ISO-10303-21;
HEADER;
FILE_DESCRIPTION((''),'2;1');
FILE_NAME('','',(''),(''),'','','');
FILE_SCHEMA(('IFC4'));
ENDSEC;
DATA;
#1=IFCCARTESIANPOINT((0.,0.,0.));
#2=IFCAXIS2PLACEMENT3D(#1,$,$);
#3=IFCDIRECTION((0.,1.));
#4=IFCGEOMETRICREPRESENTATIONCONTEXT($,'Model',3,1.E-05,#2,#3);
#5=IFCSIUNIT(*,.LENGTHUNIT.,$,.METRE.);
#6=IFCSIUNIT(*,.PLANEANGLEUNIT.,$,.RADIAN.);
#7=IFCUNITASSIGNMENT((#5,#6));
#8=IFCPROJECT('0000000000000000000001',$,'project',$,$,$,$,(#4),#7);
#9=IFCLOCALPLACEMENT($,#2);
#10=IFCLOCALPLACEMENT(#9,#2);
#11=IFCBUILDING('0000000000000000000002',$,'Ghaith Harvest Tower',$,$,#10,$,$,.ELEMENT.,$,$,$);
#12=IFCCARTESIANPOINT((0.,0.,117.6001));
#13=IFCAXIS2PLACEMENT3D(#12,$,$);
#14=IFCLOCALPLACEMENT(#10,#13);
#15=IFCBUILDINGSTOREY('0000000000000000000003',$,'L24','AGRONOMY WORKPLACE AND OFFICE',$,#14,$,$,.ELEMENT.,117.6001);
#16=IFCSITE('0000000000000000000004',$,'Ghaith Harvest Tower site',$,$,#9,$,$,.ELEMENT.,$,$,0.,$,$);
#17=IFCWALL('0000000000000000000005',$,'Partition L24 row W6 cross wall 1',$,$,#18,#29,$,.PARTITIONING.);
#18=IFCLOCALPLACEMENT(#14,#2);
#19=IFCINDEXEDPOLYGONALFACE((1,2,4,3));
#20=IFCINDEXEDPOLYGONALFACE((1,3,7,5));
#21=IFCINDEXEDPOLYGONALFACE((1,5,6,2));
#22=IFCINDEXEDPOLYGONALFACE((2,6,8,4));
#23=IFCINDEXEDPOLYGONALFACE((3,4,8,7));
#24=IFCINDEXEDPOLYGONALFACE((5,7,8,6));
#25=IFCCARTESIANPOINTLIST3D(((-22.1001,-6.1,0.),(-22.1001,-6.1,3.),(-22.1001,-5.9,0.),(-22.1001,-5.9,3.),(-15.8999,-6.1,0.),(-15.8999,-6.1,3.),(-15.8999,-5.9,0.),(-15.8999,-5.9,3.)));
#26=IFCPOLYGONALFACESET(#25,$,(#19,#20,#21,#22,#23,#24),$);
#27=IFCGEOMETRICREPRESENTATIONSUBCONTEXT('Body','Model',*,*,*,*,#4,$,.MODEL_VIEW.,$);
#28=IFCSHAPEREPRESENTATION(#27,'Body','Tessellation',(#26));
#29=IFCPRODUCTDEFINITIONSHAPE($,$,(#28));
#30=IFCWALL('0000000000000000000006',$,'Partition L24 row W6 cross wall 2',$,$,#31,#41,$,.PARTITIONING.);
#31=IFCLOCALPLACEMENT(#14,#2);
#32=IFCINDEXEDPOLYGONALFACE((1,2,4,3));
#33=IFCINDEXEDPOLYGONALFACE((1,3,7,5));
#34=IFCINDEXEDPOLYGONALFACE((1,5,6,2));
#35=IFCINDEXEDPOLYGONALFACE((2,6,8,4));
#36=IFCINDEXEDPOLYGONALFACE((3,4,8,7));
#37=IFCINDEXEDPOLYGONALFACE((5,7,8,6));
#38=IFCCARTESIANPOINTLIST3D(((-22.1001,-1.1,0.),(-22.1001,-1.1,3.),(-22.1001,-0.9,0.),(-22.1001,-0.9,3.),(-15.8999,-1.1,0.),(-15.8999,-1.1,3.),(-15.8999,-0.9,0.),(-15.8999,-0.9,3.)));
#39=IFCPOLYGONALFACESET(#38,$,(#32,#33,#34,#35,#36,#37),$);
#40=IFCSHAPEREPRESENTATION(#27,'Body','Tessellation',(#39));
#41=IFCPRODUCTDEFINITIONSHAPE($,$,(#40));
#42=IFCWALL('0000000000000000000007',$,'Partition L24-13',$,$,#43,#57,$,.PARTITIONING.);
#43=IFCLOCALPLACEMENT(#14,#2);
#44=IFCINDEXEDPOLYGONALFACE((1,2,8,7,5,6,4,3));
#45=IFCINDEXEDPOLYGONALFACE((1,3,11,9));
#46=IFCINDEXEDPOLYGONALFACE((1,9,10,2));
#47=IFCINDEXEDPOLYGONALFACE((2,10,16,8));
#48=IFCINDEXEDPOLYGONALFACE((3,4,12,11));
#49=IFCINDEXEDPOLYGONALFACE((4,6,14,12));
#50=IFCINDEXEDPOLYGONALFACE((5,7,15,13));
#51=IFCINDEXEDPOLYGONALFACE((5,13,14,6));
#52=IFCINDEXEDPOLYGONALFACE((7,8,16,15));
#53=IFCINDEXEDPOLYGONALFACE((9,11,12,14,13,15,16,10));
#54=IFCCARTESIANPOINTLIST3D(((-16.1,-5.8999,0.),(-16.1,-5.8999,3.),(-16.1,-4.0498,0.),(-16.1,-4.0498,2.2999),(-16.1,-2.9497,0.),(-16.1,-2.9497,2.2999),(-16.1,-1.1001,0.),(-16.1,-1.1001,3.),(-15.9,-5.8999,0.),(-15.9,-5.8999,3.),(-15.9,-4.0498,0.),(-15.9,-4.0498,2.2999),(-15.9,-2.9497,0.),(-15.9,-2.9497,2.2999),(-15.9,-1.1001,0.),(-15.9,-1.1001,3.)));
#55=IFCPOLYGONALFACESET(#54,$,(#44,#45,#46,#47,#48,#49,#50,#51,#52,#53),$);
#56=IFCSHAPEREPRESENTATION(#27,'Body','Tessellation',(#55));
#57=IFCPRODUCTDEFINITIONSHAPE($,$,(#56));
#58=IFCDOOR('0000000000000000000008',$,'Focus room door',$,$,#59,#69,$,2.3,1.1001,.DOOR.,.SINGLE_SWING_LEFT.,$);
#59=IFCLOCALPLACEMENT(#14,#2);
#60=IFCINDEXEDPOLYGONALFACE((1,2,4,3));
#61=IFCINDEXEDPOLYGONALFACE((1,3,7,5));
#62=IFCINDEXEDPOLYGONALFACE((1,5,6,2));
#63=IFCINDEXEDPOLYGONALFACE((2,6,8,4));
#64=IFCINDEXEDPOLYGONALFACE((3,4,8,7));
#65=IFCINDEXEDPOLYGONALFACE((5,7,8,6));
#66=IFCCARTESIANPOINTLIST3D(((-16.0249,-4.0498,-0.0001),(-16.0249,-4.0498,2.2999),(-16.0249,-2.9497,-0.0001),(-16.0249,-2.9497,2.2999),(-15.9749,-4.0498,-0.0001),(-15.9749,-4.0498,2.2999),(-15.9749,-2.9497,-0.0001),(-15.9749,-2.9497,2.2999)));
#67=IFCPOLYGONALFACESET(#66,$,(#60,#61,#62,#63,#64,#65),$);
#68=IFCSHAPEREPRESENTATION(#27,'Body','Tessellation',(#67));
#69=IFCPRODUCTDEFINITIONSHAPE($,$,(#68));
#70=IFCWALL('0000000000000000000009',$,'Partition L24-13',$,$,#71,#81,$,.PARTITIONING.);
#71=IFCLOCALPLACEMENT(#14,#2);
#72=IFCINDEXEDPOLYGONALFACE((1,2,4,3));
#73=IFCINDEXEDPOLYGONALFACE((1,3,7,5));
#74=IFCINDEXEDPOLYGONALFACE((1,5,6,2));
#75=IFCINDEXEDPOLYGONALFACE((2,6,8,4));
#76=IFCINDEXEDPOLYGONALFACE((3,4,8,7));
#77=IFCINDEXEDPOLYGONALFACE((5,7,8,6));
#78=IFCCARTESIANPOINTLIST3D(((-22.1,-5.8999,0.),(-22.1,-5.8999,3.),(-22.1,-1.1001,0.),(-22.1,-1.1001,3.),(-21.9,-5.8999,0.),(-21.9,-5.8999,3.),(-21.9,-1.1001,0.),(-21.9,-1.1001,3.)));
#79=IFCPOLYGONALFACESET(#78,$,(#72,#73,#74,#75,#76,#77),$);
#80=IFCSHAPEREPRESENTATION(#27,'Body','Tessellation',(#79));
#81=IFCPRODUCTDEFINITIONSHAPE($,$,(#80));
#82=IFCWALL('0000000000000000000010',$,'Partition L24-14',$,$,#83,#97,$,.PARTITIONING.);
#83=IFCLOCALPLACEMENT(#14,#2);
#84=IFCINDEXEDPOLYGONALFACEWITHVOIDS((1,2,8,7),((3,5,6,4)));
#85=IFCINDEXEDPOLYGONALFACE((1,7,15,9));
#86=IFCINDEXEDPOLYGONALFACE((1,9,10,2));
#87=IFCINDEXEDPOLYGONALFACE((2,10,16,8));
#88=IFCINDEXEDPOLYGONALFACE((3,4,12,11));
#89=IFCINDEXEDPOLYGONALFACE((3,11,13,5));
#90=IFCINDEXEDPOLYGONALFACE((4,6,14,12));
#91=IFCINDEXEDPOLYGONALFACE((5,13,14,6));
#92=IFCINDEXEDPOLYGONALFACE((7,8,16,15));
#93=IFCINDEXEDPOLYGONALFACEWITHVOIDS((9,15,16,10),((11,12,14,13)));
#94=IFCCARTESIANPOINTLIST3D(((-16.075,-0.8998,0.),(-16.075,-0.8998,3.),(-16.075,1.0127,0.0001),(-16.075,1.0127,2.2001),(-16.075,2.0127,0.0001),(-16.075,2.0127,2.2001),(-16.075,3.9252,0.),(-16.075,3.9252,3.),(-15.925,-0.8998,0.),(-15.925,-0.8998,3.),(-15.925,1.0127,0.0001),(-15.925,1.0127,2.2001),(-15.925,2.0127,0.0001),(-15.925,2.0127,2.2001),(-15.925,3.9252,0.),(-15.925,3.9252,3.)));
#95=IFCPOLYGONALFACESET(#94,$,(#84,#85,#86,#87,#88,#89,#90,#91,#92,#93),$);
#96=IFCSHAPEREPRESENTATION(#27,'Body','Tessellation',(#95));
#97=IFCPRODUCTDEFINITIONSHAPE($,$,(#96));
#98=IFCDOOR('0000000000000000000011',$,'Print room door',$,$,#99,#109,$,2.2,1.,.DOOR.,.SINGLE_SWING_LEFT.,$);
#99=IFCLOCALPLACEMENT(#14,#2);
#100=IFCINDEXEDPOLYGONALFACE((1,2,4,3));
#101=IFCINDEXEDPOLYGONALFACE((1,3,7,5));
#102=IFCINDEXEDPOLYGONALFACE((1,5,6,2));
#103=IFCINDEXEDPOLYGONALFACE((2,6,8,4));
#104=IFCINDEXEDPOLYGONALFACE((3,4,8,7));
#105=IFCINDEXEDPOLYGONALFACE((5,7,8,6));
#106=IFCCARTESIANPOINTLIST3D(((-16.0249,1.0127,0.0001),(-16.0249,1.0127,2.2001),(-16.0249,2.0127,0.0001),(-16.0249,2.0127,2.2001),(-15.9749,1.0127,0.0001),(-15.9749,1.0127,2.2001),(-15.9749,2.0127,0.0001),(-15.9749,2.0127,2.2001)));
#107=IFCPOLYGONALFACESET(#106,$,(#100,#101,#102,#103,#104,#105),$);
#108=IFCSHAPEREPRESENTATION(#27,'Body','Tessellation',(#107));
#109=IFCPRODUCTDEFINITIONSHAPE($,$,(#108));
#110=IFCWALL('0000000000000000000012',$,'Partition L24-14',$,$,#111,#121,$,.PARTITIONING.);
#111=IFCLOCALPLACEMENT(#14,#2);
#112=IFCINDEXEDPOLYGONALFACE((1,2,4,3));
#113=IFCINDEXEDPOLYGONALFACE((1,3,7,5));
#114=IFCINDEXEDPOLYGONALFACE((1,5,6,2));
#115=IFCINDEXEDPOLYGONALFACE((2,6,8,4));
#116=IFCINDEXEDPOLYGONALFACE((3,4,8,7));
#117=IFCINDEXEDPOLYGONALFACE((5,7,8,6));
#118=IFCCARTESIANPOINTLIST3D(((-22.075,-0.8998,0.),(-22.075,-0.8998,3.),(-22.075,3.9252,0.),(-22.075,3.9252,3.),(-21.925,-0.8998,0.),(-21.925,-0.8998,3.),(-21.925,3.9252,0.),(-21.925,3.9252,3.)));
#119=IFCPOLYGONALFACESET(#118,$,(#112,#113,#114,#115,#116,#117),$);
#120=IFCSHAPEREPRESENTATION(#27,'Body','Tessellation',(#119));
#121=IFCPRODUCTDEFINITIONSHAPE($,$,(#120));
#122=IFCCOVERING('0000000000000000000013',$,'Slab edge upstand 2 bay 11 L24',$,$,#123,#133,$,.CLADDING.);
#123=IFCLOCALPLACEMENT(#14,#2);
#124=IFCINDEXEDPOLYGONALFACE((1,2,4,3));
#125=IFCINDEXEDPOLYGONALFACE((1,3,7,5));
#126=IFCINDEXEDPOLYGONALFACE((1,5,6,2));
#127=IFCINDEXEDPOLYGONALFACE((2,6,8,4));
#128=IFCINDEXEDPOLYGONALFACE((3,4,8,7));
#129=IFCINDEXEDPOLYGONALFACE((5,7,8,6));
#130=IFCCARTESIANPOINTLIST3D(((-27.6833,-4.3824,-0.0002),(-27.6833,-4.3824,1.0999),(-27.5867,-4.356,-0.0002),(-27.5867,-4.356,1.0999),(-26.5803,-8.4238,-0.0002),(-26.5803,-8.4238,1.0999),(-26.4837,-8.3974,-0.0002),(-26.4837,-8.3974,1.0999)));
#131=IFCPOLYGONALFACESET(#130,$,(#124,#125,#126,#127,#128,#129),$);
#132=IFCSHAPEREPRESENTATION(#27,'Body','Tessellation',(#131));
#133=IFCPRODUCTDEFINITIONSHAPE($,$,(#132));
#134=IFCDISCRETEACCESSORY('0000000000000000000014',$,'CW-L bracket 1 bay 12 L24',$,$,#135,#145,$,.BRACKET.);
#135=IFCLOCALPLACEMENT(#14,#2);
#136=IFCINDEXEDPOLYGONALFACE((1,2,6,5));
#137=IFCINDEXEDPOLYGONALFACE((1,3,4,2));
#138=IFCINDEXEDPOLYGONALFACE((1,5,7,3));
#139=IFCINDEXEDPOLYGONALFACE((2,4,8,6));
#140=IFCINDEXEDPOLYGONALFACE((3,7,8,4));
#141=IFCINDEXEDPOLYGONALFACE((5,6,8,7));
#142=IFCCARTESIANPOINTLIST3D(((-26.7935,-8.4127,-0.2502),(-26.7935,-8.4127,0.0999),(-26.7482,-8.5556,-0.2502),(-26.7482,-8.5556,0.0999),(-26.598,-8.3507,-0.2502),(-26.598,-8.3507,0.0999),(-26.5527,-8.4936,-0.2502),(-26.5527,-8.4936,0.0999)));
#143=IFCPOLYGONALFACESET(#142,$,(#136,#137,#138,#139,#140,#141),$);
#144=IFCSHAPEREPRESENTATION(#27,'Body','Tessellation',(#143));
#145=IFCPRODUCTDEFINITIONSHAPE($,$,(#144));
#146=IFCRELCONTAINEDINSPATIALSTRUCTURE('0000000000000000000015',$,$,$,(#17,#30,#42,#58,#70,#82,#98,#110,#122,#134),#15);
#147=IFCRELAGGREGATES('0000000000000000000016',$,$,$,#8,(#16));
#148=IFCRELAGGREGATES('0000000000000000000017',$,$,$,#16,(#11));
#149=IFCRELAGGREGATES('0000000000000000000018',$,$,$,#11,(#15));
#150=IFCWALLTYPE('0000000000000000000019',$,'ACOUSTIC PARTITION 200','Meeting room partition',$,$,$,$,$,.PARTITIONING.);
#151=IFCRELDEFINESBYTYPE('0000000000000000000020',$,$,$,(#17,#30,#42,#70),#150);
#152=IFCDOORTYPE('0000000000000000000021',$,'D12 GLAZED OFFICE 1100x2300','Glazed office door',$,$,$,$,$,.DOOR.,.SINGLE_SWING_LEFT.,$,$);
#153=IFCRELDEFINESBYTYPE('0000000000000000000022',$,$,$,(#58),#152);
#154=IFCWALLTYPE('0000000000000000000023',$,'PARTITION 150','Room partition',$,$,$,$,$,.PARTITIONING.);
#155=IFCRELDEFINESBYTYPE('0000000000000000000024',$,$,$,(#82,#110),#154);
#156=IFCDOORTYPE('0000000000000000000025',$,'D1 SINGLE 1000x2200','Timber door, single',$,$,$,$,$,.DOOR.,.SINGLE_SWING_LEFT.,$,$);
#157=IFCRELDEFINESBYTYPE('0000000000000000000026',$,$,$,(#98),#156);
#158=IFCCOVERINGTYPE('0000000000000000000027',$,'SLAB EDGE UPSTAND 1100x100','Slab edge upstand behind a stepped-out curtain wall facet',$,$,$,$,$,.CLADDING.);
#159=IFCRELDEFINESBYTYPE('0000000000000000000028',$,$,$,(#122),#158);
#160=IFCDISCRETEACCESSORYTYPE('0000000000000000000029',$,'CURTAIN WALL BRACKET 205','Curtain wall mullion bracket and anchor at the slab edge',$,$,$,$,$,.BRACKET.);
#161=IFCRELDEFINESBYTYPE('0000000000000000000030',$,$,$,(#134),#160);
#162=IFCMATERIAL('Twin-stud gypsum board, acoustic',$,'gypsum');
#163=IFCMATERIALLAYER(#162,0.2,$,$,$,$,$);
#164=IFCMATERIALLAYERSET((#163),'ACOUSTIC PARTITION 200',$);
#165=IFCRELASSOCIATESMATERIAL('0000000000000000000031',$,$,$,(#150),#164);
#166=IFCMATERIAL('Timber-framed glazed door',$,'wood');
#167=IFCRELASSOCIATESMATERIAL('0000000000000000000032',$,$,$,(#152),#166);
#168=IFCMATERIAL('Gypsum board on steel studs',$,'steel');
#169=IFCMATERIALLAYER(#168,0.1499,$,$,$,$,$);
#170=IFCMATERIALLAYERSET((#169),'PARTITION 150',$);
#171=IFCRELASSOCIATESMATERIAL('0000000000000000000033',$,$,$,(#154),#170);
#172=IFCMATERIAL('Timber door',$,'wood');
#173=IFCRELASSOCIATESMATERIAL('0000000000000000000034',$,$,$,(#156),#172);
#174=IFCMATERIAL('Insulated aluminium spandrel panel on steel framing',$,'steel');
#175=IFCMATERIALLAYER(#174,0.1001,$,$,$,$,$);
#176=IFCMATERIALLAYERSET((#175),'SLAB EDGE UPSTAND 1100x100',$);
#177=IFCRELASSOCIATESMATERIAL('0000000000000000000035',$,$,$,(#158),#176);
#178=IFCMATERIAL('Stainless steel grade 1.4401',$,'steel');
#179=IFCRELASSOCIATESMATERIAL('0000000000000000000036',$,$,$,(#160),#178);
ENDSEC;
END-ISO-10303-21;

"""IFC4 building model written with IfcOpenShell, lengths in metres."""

from ifc_helpers import new_model, si_unit, direction, frame, frame_2d, origin, origin_2d, place, context, subcontext, project, spatial, rectangle, extrude, material, layer, layer_set, type_object, element, fill, save


model = new_model("IFC4")

# Units and contexts
model_context = context("Model", 3, precision=1e-05, world=origin(), true_north=direction((0.0, 1.0)))
body_context = subcontext(model_context, "Body", "Model", "MODEL_VIEW")
ifc_project = project(units=[si_unit("LENGTHUNIT", "METRE"), si_unit("PLANEANGLEUNIT", "RADIAN")], contexts=[model_context])

# Site, building, storey
site_placement = place(None, origin())
site = spatial("IfcSite", under=ifc_project, at=site_placement, Name="Ghaith Harvest Tower site", CompositionType="ELEMENT", RefElevation=0.0)
building_placement = place(site_placement, origin())
building = spatial("IfcBuilding", under=site, at=building_placement, Name="Ghaith Harvest Tower", CompositionType="ELEMENT")
storey_placement = place(building_placement, frame((0.0, 0.0, 117.6001)))
storey = spatial("IfcBuildingStorey", under=building, at=storey_placement, Name="L24", Description="AGRONOMY WORKPLACE AND OFFICE", CompositionType="ELEMENT", Elevation=117.6001)

# Walls
ifc_material_1 = material(Name="Twin-stud gypsum board, acoustic", Category="gypsum")
ifc_layer_1 = layer(ifc_material_1, 0.2)
ifc_layer_set_1 = layer_set([ifc_layer_1], Name="ACOUSTIC PARTITION 200")
wall_type_1 = type_object("IfcWallType", Name="ACOUSTIC PARTITION 200", Description="Meeting room partition", PredefinedType="PARTITIONING", material=ifc_layer_set_1)
for number, where, z_axis, x_axis, name in (
    (1, (-15.8999, -6.0, 0.0), (0.0, 0.0, 1.0), (-1.0, 0.0, 0.0), "Partition L24 row W6 cross wall 1"),
    (2, (-15.8999, -1.0, 0.0), (0.0, 0.0, 1.0), (-1.0, 0.0, 0.0), "Partition L24 row W6 cross wall 2"),
):
    element("IfcWall", number, at=place(storey_placement, frame(where, z_axis=z_axis, x_axis=x_axis)), inside=storey, type_object=wall_type_1, Name=name, PredefinedType="PARTITIONING", context=body_context, shape_type="SweptSolid", body=[
        extrude(rectangle(XDim=6.2002, YDim=0.2, at=frame_2d((3.1001, 0.0))), origin(), (0.0, 0.0, 1.0), 3.0),
    ])

# Wall, opening, door
wall_1_placement = place(storey_placement, frame((-16.0, -5.8999, 0.0), z_axis=(0.0, 0.0, 1.0), x_axis=(0.0, 1.0, 0.0)))
wall_1 = element("IfcWall", 3, at=wall_1_placement, inside=storey, type_object=wall_type_1, Name="Partition L24-13", PredefinedType="PARTITIONING", context=body_context, shape_type="SweptSolid", body=[
    extrude(rectangle(XDim=4.7998, YDim=0.2, at=frame_2d((2.3999, 0.0))), origin(), (0.0, 0.0, 1.0), 3.0),
])
opening_1_placement = place(wall_1_placement, frame((1.8501, 0.0, 0.0)))
opening_1 = element("IfcOpeningElement", 4, at=opening_1_placement, cuts=wall_1, PredefinedType="OPENING", context=body_context, shape_type="SweptSolid", body=[
    extrude(rectangle(XDim=1.1001, YDim=2.3, at=frame_2d((0.55, 1.1499))), frame((0.0, 0.1099, 0.0), z_axis=(0.0, -1.0, 0.0), x_axis=(1.0, 0.0, 0.0)), (0.0, 0.0, 1.0), 0.22),
])
ifc_material_2 = material(Name="Timber-framed glazed door", Category="wood")
door_type_1 = type_object("IfcDoorType", Name="D12 GLAZED OFFICE 1100x2300", Description="Glazed office door", OperationType="SINGLE_SWING_LEFT", PredefinedType="DOOR", material=ifc_material_2)
door_1_placement = place(opening_1_placement, origin())
door_1 = element("IfcDoor", 5, at=door_1_placement, inside=storey, type_object=door_type_1, Name="Focus room door", OperationType="SINGLE_SWING_LEFT", OverallHeight=2.3, OverallWidth=1.1001, PredefinedType="DOOR", context=body_context, shape_type="SweptSolid", body=[
    extrude(rectangle(XDim=1.1001, YDim=2.3, at=frame_2d((0.55, 1.1499))), frame((0.0, 0.0249, 0.0), z_axis=(0.0, -1.0, 0.0), x_axis=(1.0, 0.0, 0.0)), (0.0, 0.0, 1.0), 0.05),
])
fill(opening_1, door_1)

# Wall
wall_2_placement = place(storey_placement, frame((-22.0, -5.8999, 0.0), z_axis=(0.0, 0.0, 1.0), x_axis=(0.0, 1.0, 0.0)))
element("IfcWall", 6, at=wall_2_placement, inside=storey, type_object=wall_type_1, Name="Partition L24-13", PredefinedType="PARTITIONING", context=body_context, shape_type="SweptSolid", body=[
    extrude(rectangle(XDim=4.7998, YDim=0.2, at=frame_2d((2.3999, 0.0))), origin(), (0.0, 0.0, 1.0), 3.0),
])

# Wall, opening, door
ifc_material_3 = material(Name="Gypsum board on steel studs", Category="steel")
ifc_layer_2 = layer(ifc_material_3, 0.1499)
ifc_layer_set_2 = layer_set([ifc_layer_2], Name="PARTITION 150")
wall_type_2 = type_object("IfcWallType", Name="PARTITION 150", Description="Room partition", PredefinedType="PARTITIONING", material=ifc_layer_set_2)
wall_3_placement = place(storey_placement, frame((-16.0, -0.8999, 0.0), z_axis=(0.0, 0.0, 1.0), x_axis=(0.0, 1.0, 0.0)))
wall_3 = element("IfcWall", 7, at=wall_3_placement, inside=storey, type_object=wall_type_2, Name="Partition L24-14", PredefinedType="PARTITIONING", context=body_context, shape_type="SweptSolid", body=[
    extrude(rectangle(XDim=4.825, YDim=0.1499, at=frame_2d((2.4126, 0.0))), origin(), (0.0, 0.0, 1.0), 3.0),
])
opening_2_placement = place(wall_3_placement, frame((1.9126, 0.0, 0.0)))
opening_2 = element("IfcOpeningElement", 8, at=opening_2_placement, cuts=wall_3, PredefinedType="OPENING", context=body_context, shape_type="SweptSolid", body=[
    extrude(rectangle(XDim=1.0, YDim=2.2, at=frame_2d((0.5, 1.1001))), frame((0.0, 0.085, 0.0), z_axis=(0.0, -1.0, 0.0), x_axis=(1.0, 0.0, 0.0)), (0.0, 0.0, 1.0), 0.1699),
])
ifc_material_4 = material(Name="Timber door", Category="wood")
door_type_2 = type_object("IfcDoorType", Name="D1 SINGLE 1000x2200", Description="Timber door, single", OperationType="SINGLE_SWING_LEFT", PredefinedType="DOOR", material=ifc_material_4)
door_2_placement = place(opening_2_placement, origin())
door_2 = element("IfcDoor", 9, at=door_2_placement, inside=storey, type_object=door_type_2, Name="Print room door", OperationType="SINGLE_SWING_LEFT", OverallHeight=2.2, OverallWidth=1.0, PredefinedType="DOOR", context=body_context, shape_type="SweptSolid", body=[
    extrude(rectangle(XDim=1.0, YDim=2.2, at=frame_2d((0.5, 1.1001))), frame((0.0, 0.0249, 0.0), z_axis=(0.0, -1.0, 0.0), x_axis=(1.0, 0.0, 0.0)), (0.0, 0.0, 1.0), 0.05),
])
fill(opening_2, door_2)

# Wall
wall_4_placement = place(storey_placement, frame((-22.0, -0.8999, 0.0), z_axis=(0.0, 0.0, 1.0), x_axis=(0.0, 1.0, 0.0)))
element("IfcWall", 10, at=wall_4_placement, inside=storey, type_object=wall_type_2, Name="Partition L24-14", PredefinedType="PARTITIONING", context=body_context, shape_type="SweptSolid", body=[
    extrude(rectangle(XDim=4.825, YDim=0.1499, at=frame_2d((2.4126, 0.0))), origin(), (0.0, 0.0, 1.0), 3.0),
])

# Covering
ifc_material_5 = material(Name="Insulated aluminium spandrel panel on steel framing", Category="steel")
ifc_layer_3 = layer(ifc_material_5, 0.1001)
ifc_layer_set_3 = layer_set([ifc_layer_3], Name="SLAB EDGE UPSTAND 1100x100")
covering_type = type_object("IfcCoveringType", Name="SLAB EDGE UPSTAND 1100x100", Description="Slab edge upstand behind a stepped-out curtain wall facet", PredefinedType="CLADDING", material=ifc_layer_set_3)
covering_placement = place(storey_placement, frame((-27.0835, -6.3899, -0.0002), z_axis=(0.0, 0.0, 1.0), x_axis=(0.263288, -0.964717, 0.0)))
element("IfcCovering", 11, at=covering_placement, inside=storey, type_object=covering_type, Name="Slab edge upstand 2 bay 11 L24", PredefinedType="CLADDING", context=body_context, shape_type="SweptSolid", body=[
    extrude(rectangle(XDim=4.1892, YDim=0.1001, at=origin_2d()), origin(), (0.0, 0.0, 1.0), 1.1001),
])

# Discrete accessory
ifc_material_6 = material(Name="Stainless steel grade 1.4401", Category="steel")
discrete_accessory_type = type_object("IfcDiscreteAccessoryType", Name="CURTAIN WALL BRACKET 205", Description="Curtain wall mullion bracket and anchor at the slab edge", PredefinedType="BRACKET", material=ifc_material_6)
discrete_accessory_placement = place(storey_placement, frame((-26.6731, -8.4531, -0.2502), z_axis=(0.0, 0.0, 1.0), x_axis=(-0.953273, -0.30211, 0.0)))
element("IfcDiscreteAccessory", 12, at=discrete_accessory_placement, inside=storey, type_object=discrete_accessory_type, Name="CW-L bracket 1 bay 12 L24", PredefinedType="BRACKET", context=body_context, shape_type="SweptSolid", body=[
    extrude(rectangle(XDim=0.2051, YDim=0.1499, at=origin_2d()), origin(), (0.0, 0.0, 1.0), 0.3501),
])

save(model, "model.ifc")
